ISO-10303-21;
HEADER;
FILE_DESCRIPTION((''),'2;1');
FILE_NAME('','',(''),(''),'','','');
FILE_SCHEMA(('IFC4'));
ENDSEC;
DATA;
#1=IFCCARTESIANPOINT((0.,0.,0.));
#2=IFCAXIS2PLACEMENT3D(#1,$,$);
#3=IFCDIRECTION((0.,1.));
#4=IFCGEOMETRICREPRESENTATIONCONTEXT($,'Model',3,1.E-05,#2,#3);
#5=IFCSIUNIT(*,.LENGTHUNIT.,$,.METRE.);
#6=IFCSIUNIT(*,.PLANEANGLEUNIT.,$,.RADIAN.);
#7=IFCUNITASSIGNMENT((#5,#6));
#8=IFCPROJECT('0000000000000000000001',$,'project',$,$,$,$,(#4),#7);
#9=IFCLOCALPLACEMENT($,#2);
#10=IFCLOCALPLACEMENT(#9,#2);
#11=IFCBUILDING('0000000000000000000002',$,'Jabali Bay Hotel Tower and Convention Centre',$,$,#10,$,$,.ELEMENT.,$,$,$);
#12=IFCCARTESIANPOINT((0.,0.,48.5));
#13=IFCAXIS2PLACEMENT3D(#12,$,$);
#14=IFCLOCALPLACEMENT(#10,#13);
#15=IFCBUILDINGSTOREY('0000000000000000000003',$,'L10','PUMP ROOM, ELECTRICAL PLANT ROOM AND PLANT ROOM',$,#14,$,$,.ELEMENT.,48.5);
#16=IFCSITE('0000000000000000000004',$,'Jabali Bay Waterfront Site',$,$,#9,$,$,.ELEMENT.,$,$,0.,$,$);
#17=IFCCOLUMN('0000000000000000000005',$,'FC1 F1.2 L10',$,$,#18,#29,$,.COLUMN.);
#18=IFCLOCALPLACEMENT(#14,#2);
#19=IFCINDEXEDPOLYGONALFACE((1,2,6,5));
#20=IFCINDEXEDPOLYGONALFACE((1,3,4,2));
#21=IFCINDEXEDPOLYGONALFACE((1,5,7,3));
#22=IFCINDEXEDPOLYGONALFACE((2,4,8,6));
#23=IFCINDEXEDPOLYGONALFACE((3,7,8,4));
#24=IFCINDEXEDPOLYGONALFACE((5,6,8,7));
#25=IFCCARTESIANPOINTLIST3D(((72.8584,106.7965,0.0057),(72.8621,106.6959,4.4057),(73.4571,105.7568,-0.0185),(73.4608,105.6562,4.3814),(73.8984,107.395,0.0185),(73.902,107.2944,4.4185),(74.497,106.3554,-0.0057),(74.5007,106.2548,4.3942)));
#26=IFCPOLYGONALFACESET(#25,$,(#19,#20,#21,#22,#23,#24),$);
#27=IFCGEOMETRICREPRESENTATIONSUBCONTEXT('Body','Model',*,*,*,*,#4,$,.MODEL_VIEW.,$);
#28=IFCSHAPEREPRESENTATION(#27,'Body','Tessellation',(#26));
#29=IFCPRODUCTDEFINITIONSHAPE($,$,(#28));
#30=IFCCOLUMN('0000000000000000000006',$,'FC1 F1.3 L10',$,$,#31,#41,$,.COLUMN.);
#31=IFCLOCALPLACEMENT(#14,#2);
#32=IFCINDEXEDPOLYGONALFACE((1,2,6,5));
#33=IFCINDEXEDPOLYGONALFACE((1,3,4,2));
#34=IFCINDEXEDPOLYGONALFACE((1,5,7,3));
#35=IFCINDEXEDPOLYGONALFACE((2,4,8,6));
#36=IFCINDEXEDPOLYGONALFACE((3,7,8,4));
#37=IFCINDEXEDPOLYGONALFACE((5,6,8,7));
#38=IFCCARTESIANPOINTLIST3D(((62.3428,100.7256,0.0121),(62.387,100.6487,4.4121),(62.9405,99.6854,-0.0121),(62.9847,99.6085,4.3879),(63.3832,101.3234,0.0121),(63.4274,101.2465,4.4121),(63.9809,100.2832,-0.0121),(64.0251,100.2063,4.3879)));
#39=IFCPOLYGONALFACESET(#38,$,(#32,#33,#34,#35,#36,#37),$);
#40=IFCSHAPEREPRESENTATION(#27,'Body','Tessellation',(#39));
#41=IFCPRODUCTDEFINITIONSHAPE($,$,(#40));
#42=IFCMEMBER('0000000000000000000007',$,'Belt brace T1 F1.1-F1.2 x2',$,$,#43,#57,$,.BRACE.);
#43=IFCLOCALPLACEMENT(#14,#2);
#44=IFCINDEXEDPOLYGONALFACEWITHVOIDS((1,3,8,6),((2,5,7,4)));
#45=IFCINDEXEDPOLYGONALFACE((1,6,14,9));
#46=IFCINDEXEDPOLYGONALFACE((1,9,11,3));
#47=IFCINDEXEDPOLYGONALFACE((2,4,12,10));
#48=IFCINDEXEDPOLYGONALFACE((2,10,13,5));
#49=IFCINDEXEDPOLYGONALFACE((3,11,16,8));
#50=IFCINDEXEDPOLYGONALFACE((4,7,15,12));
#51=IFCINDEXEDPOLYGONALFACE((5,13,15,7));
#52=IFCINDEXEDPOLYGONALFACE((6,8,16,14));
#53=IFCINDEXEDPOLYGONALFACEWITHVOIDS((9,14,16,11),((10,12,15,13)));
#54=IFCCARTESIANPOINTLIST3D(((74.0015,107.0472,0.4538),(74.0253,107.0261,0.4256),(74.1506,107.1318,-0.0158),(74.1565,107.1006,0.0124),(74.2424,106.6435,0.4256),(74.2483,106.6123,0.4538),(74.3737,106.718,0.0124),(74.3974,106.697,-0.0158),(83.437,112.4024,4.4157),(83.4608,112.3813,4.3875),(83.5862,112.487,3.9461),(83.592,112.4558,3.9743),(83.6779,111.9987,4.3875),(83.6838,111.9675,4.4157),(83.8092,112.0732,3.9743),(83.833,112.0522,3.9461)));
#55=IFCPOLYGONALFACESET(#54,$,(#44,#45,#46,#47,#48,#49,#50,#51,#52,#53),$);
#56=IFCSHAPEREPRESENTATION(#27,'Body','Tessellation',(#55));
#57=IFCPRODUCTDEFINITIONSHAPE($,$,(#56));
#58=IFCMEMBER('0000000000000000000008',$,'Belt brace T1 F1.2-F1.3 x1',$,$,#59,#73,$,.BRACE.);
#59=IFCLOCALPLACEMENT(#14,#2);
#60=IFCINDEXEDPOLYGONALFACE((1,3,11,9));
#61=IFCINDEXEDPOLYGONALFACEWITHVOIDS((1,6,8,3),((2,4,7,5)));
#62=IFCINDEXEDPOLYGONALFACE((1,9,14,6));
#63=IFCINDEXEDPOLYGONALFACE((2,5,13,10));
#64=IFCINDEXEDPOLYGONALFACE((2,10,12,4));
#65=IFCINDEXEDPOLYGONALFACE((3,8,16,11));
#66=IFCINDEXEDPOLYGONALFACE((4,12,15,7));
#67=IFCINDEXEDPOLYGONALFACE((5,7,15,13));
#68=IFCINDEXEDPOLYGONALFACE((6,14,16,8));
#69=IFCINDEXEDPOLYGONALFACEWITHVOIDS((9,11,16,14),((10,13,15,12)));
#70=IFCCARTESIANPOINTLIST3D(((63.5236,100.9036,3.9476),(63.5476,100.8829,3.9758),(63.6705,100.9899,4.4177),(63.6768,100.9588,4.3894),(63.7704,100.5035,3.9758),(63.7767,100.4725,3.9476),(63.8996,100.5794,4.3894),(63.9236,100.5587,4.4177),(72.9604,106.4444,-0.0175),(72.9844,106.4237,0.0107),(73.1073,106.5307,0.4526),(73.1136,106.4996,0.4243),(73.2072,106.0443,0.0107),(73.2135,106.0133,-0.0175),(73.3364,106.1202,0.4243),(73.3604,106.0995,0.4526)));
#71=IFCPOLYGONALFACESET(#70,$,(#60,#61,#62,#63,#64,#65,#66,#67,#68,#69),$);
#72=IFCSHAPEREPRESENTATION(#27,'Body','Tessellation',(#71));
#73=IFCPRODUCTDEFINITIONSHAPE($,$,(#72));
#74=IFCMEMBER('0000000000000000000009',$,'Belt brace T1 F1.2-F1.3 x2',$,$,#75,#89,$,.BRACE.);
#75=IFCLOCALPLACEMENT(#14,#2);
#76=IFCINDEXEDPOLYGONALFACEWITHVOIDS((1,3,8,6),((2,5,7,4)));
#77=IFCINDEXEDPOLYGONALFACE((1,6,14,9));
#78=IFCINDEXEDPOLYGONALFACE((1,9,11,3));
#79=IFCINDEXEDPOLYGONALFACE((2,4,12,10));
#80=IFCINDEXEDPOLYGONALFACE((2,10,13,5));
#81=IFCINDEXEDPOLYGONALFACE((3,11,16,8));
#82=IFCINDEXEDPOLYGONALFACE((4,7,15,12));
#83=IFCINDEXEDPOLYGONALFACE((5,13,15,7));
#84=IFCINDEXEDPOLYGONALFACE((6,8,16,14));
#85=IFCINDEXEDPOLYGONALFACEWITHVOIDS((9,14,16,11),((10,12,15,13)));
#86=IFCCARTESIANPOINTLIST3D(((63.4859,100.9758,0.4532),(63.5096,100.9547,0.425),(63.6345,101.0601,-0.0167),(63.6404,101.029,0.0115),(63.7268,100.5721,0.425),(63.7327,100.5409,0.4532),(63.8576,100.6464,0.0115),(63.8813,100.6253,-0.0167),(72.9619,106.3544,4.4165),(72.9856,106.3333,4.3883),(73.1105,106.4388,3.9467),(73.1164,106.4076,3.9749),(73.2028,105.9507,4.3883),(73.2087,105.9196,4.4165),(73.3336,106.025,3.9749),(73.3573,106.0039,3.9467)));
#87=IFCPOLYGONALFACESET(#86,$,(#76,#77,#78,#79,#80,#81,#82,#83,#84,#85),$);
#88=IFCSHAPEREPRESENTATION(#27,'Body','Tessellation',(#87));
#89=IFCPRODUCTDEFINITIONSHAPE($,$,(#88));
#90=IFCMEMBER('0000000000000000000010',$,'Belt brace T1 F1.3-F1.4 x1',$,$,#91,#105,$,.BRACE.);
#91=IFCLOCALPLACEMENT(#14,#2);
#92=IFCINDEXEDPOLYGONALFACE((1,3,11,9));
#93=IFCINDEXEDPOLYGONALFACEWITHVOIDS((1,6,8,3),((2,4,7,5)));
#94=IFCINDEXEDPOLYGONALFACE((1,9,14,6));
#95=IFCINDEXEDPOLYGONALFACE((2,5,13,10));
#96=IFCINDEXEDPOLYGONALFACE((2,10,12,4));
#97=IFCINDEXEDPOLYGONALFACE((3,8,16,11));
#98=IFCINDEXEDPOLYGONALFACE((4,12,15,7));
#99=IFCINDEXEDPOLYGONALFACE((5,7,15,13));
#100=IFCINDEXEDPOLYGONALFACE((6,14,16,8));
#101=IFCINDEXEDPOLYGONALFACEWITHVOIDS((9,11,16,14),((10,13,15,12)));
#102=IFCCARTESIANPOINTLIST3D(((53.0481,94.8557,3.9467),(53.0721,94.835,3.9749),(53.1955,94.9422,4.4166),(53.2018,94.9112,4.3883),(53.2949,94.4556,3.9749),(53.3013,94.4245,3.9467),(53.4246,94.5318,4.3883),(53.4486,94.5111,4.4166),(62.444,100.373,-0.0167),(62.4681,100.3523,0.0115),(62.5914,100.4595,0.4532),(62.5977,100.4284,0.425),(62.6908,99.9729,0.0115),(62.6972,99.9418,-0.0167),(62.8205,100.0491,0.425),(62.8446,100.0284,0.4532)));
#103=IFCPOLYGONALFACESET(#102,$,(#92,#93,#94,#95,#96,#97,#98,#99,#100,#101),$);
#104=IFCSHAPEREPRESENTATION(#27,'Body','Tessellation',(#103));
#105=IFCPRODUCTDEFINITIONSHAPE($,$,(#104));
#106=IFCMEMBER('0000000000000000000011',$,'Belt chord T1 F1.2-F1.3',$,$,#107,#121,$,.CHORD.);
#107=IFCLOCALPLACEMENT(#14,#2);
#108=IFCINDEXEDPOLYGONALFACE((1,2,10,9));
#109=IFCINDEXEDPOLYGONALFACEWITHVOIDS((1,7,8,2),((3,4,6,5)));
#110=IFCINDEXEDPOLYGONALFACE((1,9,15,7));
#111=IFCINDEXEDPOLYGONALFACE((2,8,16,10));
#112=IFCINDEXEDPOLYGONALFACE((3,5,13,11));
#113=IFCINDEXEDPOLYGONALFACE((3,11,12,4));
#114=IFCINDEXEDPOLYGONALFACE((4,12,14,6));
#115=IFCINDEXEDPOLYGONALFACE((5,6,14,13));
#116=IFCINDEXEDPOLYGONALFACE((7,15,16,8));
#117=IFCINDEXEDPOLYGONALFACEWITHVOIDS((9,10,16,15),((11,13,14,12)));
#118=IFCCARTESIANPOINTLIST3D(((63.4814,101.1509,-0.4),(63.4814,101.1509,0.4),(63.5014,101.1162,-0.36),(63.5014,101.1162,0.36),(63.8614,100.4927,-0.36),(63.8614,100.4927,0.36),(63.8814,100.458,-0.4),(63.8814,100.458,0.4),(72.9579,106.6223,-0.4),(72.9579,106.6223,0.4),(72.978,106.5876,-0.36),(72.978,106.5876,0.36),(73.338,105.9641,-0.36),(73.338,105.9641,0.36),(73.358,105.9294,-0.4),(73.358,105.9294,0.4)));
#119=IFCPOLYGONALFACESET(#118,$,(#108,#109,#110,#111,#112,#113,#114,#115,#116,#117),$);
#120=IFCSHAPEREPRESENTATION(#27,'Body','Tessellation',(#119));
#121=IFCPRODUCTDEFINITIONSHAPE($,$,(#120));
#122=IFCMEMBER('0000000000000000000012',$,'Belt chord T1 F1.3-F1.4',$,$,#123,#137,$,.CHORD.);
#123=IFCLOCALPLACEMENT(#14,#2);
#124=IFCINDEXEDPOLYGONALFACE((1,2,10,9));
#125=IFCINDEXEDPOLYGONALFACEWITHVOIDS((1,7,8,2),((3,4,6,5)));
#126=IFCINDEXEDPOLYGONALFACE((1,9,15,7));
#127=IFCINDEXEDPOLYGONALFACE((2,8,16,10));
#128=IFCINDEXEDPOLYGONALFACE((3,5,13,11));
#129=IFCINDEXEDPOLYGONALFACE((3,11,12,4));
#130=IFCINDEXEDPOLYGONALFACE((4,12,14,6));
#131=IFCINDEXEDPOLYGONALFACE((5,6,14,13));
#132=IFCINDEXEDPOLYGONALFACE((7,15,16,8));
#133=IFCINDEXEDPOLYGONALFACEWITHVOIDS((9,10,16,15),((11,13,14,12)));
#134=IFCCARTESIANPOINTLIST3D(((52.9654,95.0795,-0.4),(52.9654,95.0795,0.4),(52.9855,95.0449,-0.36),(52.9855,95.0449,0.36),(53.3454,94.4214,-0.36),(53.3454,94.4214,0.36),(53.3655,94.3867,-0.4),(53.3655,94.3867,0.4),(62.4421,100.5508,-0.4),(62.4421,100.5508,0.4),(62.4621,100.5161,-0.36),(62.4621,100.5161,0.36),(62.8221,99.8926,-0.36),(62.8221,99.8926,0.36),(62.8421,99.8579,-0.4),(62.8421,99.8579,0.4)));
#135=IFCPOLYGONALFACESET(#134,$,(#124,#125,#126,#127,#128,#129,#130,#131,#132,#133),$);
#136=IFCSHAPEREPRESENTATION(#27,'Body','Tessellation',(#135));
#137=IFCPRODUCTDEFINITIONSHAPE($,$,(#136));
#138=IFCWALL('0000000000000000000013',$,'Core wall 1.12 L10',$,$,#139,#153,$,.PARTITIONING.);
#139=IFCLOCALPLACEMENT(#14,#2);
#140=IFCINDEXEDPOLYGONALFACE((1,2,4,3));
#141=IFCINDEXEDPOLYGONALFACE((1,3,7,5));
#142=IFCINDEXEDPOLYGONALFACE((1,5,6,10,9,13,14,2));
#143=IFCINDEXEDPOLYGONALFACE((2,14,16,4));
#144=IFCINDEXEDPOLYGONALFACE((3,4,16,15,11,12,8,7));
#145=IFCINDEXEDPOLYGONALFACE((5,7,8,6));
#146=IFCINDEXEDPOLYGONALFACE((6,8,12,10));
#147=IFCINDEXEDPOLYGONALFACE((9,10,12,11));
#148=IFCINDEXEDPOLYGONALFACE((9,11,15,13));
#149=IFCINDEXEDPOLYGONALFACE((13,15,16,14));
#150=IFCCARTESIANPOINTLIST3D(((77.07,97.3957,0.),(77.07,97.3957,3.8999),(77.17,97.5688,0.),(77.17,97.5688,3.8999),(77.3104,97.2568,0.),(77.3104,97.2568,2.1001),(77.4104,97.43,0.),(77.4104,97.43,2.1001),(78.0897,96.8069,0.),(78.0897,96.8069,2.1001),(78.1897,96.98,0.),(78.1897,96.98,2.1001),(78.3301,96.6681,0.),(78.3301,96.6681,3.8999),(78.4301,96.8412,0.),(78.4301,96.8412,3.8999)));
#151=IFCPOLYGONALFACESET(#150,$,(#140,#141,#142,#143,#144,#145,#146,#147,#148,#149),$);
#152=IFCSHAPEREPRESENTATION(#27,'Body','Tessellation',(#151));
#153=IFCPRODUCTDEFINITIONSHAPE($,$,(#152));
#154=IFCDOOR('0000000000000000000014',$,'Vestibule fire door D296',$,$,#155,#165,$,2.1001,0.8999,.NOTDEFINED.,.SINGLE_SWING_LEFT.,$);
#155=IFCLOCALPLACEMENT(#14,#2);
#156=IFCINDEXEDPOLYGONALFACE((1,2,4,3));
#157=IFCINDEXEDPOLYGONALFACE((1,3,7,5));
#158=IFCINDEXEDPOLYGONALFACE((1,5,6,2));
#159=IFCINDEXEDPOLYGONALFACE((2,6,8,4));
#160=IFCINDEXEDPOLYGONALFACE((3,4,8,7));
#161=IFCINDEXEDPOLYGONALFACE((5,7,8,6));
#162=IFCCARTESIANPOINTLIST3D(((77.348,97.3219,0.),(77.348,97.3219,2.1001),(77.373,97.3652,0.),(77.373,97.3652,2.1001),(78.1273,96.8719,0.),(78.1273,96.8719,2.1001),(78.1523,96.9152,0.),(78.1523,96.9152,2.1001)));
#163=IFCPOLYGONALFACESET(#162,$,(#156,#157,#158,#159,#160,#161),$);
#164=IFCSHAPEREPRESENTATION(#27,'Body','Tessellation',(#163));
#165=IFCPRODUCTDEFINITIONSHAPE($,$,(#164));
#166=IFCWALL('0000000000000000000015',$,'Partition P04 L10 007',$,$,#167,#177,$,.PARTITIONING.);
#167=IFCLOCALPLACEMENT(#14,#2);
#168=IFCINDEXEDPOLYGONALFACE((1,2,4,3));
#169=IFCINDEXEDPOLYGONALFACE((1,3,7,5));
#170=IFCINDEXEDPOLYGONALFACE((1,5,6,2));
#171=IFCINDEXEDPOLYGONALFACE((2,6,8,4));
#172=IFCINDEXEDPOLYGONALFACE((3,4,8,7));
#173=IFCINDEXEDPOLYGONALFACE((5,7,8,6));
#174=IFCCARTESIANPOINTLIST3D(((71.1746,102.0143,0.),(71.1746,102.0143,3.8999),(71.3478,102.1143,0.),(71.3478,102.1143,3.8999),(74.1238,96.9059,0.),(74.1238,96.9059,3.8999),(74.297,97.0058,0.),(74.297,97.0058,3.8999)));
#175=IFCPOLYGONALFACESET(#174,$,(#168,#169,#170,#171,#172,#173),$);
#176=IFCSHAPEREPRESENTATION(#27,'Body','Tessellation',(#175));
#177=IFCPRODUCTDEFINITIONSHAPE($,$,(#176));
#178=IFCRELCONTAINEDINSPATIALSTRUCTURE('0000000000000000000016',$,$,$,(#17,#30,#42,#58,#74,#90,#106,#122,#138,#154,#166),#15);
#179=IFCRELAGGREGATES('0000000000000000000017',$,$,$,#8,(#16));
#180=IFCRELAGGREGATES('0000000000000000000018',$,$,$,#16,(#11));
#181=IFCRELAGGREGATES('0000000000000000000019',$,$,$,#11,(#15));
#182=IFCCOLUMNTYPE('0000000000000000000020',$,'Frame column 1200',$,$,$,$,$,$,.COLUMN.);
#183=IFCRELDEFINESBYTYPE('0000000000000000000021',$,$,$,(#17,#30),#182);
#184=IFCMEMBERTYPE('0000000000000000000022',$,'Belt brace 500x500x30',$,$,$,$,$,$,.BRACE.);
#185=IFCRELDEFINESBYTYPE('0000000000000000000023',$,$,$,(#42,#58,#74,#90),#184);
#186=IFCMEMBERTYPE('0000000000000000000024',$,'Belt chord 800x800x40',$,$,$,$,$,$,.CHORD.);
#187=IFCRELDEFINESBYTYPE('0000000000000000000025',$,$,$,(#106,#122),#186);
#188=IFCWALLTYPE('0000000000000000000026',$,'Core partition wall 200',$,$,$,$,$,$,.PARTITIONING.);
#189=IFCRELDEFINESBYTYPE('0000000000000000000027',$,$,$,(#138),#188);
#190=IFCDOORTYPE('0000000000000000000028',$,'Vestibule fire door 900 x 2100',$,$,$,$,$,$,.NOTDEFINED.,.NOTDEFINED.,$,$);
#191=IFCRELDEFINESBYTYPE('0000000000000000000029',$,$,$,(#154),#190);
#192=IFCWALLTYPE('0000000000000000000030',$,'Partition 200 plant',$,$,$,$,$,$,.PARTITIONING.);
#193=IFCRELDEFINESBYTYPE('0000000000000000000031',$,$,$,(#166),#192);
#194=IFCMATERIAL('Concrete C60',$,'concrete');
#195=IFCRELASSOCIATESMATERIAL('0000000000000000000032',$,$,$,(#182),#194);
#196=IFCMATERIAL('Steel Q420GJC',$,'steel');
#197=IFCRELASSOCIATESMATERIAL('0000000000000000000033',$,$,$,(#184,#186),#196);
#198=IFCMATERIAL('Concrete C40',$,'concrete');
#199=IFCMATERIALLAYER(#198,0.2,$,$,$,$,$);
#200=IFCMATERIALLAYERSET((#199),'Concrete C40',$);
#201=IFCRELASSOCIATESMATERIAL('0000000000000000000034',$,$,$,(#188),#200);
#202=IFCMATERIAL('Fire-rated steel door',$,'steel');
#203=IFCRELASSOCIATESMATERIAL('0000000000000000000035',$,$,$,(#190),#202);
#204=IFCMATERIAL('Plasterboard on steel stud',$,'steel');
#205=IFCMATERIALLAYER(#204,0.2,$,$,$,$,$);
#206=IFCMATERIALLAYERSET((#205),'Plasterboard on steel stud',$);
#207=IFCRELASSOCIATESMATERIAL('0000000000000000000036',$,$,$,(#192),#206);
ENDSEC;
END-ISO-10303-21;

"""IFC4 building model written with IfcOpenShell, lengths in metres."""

from ifc_helpers import new_model, si_unit, direction, frame, frame_2d, origin, origin_2d, place, context, subcontext, project, spatial, rectangle, hollow_rectangle, extrude, material, layer, layer_set, material_profile, profile_set, type_object, element, fill, save


model = new_model("IFC4")

# Units and contexts
model_context = context("Model", 3, precision=1e-05, world=origin(), true_north=direction((0.0, 1.0)))
body_context = subcontext(model_context, "Body", "Model", "MODEL_VIEW")
ifc_project = project(units=[si_unit("LENGTHUNIT", "METRE"), si_unit("PLANEANGLEUNIT", "RADIAN")], contexts=[model_context])

# Site, building, storey
site_placement = place(None, origin())
site = spatial("IfcSite", under=ifc_project, at=site_placement, Name="Jabali Bay Waterfront Site", CompositionType="ELEMENT", RefElevation=0.0)
building_placement = place(site_placement, origin())
building = spatial("IfcBuilding", under=site, at=building_placement, Name="Jabali Bay Hotel Tower and Convention Centre", CompositionType="ELEMENT")
storey_placement = place(building_placement, frame((0.0, 0.0, 48.5)))
storey = spatial("IfcBuildingStorey", under=building, at=storey_placement, Name="L10", Description="PUMP ROOM, ELECTRICAL PLANT ROOM AND PLANT ROOM", CompositionType="ELEMENT", Elevation=48.5)

# Columns
ifc_material_1 = material(Name="Concrete C60", Category="concrete")
ifc_material_profile_1 = material_profile(ifc_material_1, rectangle(XDim=1.2, YDim=1.2, at=origin_2d()), Name="Frame column 1200")
ifc_profile_set_1 = profile_set([ifc_material_profile_1], Name="Concrete C60")
column_type = type_object("IfcColumnType", Name="Frame column 1200", PredefinedType="COLUMN", material=ifc_profile_set_1)
column_1_placement = place(storey_placement, frame((73.6777, 106.5759, 0.0), z_axis=(0.000832, -0.022855, 0.999738), x_axis=(0.866641, 0.498818, 0.010682)))
element("IfcColumn", 1, at=column_1_placement, inside=storey, type_object=column_type, Name="FC1 F1.2 L10", PredefinedType="COLUMN", context=body_context, shape_type="SweptSolid", body=[
    extrude(rectangle(XDim=1.2, YDim=1.2, at=origin_2d()), origin(), (0.0, 0.0, 1.0), 4.4011),
])
column_2_placement = place(storey_placement, frame((63.1619, 100.5044, 0.0), z_axis=(0.010041, -0.017475, 0.999797), x_axis=(0.867052, 0.498217, 0.0)))
element("IfcColumn", 2, at=column_2_placement, inside=storey, type_object=column_type, Name="FC1 F1.3 L10", PredefinedType="COLUMN", context=body_context, shape_type="SweptSolid", body=[
    extrude(rectangle(XDim=1.2, YDim=1.2, at=origin_2d()), origin(), (0.0, 0.0, 1.0), 4.4009),
])

# Members
ifc_material_2 = material(Name="Steel Q420GJC", Category="steel")
ifc_material_profile_2 = material_profile(ifc_material_2, hollow_rectangle(XDim=0.5, YDim=0.5, WallThickness=0.03, at=origin_2d()), Name="Belt brace 500x500x30")
ifc_profile_set_2 = profile_set([ifc_material_profile_2], Name="Steel Q420GJC")
member_type_1 = type_object("IfcMemberType", Name="Belt brace 500x500x30", PredefinedType="BRACE", material=ifc_profile_set_2)
member_1_placement = place(storey_placement, frame((74.1995, 106.8721, 0.219), z_axis=(0.816924, 0.463652, 0.34302), x_axis=(-0.4936, 0.869689, 0.0)))
element("IfcMember", 3, at=member_1_placement, inside=storey, type_object=member_type_1, Name="Belt brace T1 F1.1-F1.2 x2", PredefinedType="BRACE", context=body_context, shape_type="SweptSolid", body=[
    extrude(hollow_rectangle(XDim=0.5, YDim=0.5, WallThickness=0.03, at=origin_2d()), origin(), (0.0, 0.0, 1.0), 11.55),
])
member_2_placement = place(storey_placement, frame((73.1604, 106.272, 0.2175), z_axis=(-0.810764, -0.476038, 0.340662), x_axis=(0.506323, -0.862344, 0.0)))
element("IfcMember", 4, at=member_2_placement, inside=storey, type_object=member_type_1, Name="Belt brace T1 F1.2-F1.3 x1", PredefinedType="BRACE", context=body_context, shape_type="SweptSolid", body=[
    extrude(hollow_rectangle(XDim=0.5, YDim=0.5, WallThickness=0.03, at=origin_2d()), origin(), (0.0, 0.0, 1.0), 11.6394),
])
for number, where, z_axis, x_axis, name in (
    (5, (63.6836, 100.8005, 0.2183), (0.817285, 0.463894, 0.34183), (-0.49363, 0.869672, 0.0), "Belt brace T1 F1.2-F1.3 x2"),
    (6, (62.6443, 100.2007, 0.2183), (-0.810379, -0.475855, 0.341831), (0.506357, -0.862324, 0.0), "Belt brace T1 F1.3-F1.4 x1"),
):
    element("IfcMember", number, at=place(storey_placement, frame(where, z_axis=z_axis, x_axis=x_axis)), inside=storey, type_object=member_type_1, Name=name, PredefinedType="BRACE", context=body_context, shape_type="SweptSolid", body=[
        extrude(hollow_rectangle(XDim=0.5, YDim=0.5, WallThickness=0.03, at=origin_2d()), origin(), (0.0, 0.0, 1.0), 11.5945),
    ])
ifc_material_profile_3 = material_profile(ifc_material_2, hollow_rectangle(XDim=0.8, YDim=0.8, WallThickness=0.04, at=origin_2d()), Name="Belt chord 800x800x40")
ifc_profile_set_3 = profile_set([ifc_material_profile_3], Name="Steel Q420GJC")
member_type_2 = type_object("IfcMemberType", Name="Belt chord 800x800x40", PredefinedType="CHORD", material=ifc_profile_set_3)
for number, where, z_axis, x_axis, name in (
    (7, (73.158, 106.2759, 0.0), (-0.86602, -0.50001, 0.0), (0.50001, -0.86602, 0.0), "Belt chord T1 F1.2-F1.3"),
    (8, (62.6421, 100.2043, 0.0), (-0.86603, -0.499993, 0.0), (0.499993, -0.86603, 0.0), "Belt chord T1 F1.3-F1.4"),
):
    element("IfcMember", number, at=place(storey_placement, frame(where, z_axis=z_axis, x_axis=x_axis)), inside=storey, type_object=member_type_2, Name=name, PredefinedType="CHORD", context=body_context, shape_type="SweptSolid", body=[
        extrude(hollow_rectangle(XDim=0.8, YDim=0.8, WallThickness=0.04, at=origin_2d()), origin(), (0.0, 0.0, 1.0), 10.9426),
    ])

# Wall, opening, door
ifc_material_3 = material(Name="Concrete C40", Category="concrete")
ifc_layer_1 = layer(ifc_material_3, 0.2)
ifc_layer_set_1 = layer_set([ifc_layer_1], Name="Concrete C40")
wall_type_1 = type_object("IfcWallType", Name="Core partition wall 200", PredefinedType="PARTITIONING", material=ifc_layer_set_1)
wall_1_placement = place(storey_placement, frame((78.3801, 96.7546, 0.0), z_axis=(0.0, 0.0, 1.0), x_axis=(-0.866004, 0.500037, 0.0)))
wall_1 = element("IfcWall", 9, at=wall_1_placement, inside=storey, type_object=wall_type_1, Name="Core wall 1.12 L10", PredefinedType="PARTITIONING", context=body_context, shape_type="SweptSolid", body=[
    extrude(rectangle(XDim=1.4551, YDim=0.2, at=frame_2d((0.7275, 0.0))), origin(), (0.0, 0.0, 1.0), 3.8999),
])
opening_placement = place(wall_1_placement, frame((0.2776, 0.0, 0.0)))
opening = element("IfcOpeningElement", 10, at=opening_placement, cuts=wall_1, PredefinedType="OPENING", context=body_context, shape_type="SweptSolid", body=[
    extrude(rectangle(XDim=0.8999, YDim=2.1001, at=frame_2d((0.45, 1.05))), frame((0.0, 0.1104, 0.0), z_axis=(0.0, -1.0, 0.0), x_axis=(1.0, 0.0, 0.0)), (0.0, 0.0, 1.0), 0.2209),
])
ifc_material_4 = material(Name="Fire-rated steel door", Category="steel")
door_type = type_object("IfcDoorType", Name="Vestibule fire door 900 x 2100", OperationType="NOTDEFINED", PredefinedType="NOTDEFINED", material=ifc_material_4)
door_placement = place(opening_placement, origin())
door = element("IfcDoor", 11, at=door_placement, inside=storey, type_object=door_type, Name="Vestibule fire door D296", OperationType="SINGLE_SWING_LEFT", OverallHeight=2.1001, OverallWidth=0.8999, PredefinedType="NOTDEFINED", context=body_context, shape_type="SweptSolid", body=[
    extrude(rectangle(XDim=0.8999, YDim=2.1001, at=frame_2d((0.45, 1.05))), frame((0.0, 0.0249, 0.0), z_axis=(0.0, -1.0, 0.0), x_axis=(1.0, 0.0, 0.0)), (0.0, 0.0, 1.0), 0.05),
])
fill(opening, door)

# Wall
ifc_material_5 = material(Name="Plasterboard on steel stud", Category="steel")
ifc_layer_2 = layer(ifc_material_5, 0.2)
ifc_layer_set_2 = layer_set([ifc_layer_2], Name="Plasterboard on steel stud")
wall_type_2 = type_object("IfcWallType", Name="Partition 200 plant", PredefinedType="PARTITIONING", material=ifc_layer_set_2)
wall_2_placement = place(storey_placement, frame((71.2612, 102.0642, 0.0), z_axis=(0.0, 0.0, 1.0), x_axis=(0.499985, -0.866034, 0.0)))
element("IfcWall", 12, at=wall_2_placement, inside=storey, type_object=wall_type_2, Name="Partition P04 L10 007", PredefinedType="PARTITIONING", context=body_context, shape_type="SweptSolid", body=[
    extrude(rectangle(XDim=5.8987, YDim=0.2, at=frame_2d((2.9492, 0.0))), origin(), (0.0, 0.0, 1.0), 3.8999),
])

save(model, "model.ifc")
